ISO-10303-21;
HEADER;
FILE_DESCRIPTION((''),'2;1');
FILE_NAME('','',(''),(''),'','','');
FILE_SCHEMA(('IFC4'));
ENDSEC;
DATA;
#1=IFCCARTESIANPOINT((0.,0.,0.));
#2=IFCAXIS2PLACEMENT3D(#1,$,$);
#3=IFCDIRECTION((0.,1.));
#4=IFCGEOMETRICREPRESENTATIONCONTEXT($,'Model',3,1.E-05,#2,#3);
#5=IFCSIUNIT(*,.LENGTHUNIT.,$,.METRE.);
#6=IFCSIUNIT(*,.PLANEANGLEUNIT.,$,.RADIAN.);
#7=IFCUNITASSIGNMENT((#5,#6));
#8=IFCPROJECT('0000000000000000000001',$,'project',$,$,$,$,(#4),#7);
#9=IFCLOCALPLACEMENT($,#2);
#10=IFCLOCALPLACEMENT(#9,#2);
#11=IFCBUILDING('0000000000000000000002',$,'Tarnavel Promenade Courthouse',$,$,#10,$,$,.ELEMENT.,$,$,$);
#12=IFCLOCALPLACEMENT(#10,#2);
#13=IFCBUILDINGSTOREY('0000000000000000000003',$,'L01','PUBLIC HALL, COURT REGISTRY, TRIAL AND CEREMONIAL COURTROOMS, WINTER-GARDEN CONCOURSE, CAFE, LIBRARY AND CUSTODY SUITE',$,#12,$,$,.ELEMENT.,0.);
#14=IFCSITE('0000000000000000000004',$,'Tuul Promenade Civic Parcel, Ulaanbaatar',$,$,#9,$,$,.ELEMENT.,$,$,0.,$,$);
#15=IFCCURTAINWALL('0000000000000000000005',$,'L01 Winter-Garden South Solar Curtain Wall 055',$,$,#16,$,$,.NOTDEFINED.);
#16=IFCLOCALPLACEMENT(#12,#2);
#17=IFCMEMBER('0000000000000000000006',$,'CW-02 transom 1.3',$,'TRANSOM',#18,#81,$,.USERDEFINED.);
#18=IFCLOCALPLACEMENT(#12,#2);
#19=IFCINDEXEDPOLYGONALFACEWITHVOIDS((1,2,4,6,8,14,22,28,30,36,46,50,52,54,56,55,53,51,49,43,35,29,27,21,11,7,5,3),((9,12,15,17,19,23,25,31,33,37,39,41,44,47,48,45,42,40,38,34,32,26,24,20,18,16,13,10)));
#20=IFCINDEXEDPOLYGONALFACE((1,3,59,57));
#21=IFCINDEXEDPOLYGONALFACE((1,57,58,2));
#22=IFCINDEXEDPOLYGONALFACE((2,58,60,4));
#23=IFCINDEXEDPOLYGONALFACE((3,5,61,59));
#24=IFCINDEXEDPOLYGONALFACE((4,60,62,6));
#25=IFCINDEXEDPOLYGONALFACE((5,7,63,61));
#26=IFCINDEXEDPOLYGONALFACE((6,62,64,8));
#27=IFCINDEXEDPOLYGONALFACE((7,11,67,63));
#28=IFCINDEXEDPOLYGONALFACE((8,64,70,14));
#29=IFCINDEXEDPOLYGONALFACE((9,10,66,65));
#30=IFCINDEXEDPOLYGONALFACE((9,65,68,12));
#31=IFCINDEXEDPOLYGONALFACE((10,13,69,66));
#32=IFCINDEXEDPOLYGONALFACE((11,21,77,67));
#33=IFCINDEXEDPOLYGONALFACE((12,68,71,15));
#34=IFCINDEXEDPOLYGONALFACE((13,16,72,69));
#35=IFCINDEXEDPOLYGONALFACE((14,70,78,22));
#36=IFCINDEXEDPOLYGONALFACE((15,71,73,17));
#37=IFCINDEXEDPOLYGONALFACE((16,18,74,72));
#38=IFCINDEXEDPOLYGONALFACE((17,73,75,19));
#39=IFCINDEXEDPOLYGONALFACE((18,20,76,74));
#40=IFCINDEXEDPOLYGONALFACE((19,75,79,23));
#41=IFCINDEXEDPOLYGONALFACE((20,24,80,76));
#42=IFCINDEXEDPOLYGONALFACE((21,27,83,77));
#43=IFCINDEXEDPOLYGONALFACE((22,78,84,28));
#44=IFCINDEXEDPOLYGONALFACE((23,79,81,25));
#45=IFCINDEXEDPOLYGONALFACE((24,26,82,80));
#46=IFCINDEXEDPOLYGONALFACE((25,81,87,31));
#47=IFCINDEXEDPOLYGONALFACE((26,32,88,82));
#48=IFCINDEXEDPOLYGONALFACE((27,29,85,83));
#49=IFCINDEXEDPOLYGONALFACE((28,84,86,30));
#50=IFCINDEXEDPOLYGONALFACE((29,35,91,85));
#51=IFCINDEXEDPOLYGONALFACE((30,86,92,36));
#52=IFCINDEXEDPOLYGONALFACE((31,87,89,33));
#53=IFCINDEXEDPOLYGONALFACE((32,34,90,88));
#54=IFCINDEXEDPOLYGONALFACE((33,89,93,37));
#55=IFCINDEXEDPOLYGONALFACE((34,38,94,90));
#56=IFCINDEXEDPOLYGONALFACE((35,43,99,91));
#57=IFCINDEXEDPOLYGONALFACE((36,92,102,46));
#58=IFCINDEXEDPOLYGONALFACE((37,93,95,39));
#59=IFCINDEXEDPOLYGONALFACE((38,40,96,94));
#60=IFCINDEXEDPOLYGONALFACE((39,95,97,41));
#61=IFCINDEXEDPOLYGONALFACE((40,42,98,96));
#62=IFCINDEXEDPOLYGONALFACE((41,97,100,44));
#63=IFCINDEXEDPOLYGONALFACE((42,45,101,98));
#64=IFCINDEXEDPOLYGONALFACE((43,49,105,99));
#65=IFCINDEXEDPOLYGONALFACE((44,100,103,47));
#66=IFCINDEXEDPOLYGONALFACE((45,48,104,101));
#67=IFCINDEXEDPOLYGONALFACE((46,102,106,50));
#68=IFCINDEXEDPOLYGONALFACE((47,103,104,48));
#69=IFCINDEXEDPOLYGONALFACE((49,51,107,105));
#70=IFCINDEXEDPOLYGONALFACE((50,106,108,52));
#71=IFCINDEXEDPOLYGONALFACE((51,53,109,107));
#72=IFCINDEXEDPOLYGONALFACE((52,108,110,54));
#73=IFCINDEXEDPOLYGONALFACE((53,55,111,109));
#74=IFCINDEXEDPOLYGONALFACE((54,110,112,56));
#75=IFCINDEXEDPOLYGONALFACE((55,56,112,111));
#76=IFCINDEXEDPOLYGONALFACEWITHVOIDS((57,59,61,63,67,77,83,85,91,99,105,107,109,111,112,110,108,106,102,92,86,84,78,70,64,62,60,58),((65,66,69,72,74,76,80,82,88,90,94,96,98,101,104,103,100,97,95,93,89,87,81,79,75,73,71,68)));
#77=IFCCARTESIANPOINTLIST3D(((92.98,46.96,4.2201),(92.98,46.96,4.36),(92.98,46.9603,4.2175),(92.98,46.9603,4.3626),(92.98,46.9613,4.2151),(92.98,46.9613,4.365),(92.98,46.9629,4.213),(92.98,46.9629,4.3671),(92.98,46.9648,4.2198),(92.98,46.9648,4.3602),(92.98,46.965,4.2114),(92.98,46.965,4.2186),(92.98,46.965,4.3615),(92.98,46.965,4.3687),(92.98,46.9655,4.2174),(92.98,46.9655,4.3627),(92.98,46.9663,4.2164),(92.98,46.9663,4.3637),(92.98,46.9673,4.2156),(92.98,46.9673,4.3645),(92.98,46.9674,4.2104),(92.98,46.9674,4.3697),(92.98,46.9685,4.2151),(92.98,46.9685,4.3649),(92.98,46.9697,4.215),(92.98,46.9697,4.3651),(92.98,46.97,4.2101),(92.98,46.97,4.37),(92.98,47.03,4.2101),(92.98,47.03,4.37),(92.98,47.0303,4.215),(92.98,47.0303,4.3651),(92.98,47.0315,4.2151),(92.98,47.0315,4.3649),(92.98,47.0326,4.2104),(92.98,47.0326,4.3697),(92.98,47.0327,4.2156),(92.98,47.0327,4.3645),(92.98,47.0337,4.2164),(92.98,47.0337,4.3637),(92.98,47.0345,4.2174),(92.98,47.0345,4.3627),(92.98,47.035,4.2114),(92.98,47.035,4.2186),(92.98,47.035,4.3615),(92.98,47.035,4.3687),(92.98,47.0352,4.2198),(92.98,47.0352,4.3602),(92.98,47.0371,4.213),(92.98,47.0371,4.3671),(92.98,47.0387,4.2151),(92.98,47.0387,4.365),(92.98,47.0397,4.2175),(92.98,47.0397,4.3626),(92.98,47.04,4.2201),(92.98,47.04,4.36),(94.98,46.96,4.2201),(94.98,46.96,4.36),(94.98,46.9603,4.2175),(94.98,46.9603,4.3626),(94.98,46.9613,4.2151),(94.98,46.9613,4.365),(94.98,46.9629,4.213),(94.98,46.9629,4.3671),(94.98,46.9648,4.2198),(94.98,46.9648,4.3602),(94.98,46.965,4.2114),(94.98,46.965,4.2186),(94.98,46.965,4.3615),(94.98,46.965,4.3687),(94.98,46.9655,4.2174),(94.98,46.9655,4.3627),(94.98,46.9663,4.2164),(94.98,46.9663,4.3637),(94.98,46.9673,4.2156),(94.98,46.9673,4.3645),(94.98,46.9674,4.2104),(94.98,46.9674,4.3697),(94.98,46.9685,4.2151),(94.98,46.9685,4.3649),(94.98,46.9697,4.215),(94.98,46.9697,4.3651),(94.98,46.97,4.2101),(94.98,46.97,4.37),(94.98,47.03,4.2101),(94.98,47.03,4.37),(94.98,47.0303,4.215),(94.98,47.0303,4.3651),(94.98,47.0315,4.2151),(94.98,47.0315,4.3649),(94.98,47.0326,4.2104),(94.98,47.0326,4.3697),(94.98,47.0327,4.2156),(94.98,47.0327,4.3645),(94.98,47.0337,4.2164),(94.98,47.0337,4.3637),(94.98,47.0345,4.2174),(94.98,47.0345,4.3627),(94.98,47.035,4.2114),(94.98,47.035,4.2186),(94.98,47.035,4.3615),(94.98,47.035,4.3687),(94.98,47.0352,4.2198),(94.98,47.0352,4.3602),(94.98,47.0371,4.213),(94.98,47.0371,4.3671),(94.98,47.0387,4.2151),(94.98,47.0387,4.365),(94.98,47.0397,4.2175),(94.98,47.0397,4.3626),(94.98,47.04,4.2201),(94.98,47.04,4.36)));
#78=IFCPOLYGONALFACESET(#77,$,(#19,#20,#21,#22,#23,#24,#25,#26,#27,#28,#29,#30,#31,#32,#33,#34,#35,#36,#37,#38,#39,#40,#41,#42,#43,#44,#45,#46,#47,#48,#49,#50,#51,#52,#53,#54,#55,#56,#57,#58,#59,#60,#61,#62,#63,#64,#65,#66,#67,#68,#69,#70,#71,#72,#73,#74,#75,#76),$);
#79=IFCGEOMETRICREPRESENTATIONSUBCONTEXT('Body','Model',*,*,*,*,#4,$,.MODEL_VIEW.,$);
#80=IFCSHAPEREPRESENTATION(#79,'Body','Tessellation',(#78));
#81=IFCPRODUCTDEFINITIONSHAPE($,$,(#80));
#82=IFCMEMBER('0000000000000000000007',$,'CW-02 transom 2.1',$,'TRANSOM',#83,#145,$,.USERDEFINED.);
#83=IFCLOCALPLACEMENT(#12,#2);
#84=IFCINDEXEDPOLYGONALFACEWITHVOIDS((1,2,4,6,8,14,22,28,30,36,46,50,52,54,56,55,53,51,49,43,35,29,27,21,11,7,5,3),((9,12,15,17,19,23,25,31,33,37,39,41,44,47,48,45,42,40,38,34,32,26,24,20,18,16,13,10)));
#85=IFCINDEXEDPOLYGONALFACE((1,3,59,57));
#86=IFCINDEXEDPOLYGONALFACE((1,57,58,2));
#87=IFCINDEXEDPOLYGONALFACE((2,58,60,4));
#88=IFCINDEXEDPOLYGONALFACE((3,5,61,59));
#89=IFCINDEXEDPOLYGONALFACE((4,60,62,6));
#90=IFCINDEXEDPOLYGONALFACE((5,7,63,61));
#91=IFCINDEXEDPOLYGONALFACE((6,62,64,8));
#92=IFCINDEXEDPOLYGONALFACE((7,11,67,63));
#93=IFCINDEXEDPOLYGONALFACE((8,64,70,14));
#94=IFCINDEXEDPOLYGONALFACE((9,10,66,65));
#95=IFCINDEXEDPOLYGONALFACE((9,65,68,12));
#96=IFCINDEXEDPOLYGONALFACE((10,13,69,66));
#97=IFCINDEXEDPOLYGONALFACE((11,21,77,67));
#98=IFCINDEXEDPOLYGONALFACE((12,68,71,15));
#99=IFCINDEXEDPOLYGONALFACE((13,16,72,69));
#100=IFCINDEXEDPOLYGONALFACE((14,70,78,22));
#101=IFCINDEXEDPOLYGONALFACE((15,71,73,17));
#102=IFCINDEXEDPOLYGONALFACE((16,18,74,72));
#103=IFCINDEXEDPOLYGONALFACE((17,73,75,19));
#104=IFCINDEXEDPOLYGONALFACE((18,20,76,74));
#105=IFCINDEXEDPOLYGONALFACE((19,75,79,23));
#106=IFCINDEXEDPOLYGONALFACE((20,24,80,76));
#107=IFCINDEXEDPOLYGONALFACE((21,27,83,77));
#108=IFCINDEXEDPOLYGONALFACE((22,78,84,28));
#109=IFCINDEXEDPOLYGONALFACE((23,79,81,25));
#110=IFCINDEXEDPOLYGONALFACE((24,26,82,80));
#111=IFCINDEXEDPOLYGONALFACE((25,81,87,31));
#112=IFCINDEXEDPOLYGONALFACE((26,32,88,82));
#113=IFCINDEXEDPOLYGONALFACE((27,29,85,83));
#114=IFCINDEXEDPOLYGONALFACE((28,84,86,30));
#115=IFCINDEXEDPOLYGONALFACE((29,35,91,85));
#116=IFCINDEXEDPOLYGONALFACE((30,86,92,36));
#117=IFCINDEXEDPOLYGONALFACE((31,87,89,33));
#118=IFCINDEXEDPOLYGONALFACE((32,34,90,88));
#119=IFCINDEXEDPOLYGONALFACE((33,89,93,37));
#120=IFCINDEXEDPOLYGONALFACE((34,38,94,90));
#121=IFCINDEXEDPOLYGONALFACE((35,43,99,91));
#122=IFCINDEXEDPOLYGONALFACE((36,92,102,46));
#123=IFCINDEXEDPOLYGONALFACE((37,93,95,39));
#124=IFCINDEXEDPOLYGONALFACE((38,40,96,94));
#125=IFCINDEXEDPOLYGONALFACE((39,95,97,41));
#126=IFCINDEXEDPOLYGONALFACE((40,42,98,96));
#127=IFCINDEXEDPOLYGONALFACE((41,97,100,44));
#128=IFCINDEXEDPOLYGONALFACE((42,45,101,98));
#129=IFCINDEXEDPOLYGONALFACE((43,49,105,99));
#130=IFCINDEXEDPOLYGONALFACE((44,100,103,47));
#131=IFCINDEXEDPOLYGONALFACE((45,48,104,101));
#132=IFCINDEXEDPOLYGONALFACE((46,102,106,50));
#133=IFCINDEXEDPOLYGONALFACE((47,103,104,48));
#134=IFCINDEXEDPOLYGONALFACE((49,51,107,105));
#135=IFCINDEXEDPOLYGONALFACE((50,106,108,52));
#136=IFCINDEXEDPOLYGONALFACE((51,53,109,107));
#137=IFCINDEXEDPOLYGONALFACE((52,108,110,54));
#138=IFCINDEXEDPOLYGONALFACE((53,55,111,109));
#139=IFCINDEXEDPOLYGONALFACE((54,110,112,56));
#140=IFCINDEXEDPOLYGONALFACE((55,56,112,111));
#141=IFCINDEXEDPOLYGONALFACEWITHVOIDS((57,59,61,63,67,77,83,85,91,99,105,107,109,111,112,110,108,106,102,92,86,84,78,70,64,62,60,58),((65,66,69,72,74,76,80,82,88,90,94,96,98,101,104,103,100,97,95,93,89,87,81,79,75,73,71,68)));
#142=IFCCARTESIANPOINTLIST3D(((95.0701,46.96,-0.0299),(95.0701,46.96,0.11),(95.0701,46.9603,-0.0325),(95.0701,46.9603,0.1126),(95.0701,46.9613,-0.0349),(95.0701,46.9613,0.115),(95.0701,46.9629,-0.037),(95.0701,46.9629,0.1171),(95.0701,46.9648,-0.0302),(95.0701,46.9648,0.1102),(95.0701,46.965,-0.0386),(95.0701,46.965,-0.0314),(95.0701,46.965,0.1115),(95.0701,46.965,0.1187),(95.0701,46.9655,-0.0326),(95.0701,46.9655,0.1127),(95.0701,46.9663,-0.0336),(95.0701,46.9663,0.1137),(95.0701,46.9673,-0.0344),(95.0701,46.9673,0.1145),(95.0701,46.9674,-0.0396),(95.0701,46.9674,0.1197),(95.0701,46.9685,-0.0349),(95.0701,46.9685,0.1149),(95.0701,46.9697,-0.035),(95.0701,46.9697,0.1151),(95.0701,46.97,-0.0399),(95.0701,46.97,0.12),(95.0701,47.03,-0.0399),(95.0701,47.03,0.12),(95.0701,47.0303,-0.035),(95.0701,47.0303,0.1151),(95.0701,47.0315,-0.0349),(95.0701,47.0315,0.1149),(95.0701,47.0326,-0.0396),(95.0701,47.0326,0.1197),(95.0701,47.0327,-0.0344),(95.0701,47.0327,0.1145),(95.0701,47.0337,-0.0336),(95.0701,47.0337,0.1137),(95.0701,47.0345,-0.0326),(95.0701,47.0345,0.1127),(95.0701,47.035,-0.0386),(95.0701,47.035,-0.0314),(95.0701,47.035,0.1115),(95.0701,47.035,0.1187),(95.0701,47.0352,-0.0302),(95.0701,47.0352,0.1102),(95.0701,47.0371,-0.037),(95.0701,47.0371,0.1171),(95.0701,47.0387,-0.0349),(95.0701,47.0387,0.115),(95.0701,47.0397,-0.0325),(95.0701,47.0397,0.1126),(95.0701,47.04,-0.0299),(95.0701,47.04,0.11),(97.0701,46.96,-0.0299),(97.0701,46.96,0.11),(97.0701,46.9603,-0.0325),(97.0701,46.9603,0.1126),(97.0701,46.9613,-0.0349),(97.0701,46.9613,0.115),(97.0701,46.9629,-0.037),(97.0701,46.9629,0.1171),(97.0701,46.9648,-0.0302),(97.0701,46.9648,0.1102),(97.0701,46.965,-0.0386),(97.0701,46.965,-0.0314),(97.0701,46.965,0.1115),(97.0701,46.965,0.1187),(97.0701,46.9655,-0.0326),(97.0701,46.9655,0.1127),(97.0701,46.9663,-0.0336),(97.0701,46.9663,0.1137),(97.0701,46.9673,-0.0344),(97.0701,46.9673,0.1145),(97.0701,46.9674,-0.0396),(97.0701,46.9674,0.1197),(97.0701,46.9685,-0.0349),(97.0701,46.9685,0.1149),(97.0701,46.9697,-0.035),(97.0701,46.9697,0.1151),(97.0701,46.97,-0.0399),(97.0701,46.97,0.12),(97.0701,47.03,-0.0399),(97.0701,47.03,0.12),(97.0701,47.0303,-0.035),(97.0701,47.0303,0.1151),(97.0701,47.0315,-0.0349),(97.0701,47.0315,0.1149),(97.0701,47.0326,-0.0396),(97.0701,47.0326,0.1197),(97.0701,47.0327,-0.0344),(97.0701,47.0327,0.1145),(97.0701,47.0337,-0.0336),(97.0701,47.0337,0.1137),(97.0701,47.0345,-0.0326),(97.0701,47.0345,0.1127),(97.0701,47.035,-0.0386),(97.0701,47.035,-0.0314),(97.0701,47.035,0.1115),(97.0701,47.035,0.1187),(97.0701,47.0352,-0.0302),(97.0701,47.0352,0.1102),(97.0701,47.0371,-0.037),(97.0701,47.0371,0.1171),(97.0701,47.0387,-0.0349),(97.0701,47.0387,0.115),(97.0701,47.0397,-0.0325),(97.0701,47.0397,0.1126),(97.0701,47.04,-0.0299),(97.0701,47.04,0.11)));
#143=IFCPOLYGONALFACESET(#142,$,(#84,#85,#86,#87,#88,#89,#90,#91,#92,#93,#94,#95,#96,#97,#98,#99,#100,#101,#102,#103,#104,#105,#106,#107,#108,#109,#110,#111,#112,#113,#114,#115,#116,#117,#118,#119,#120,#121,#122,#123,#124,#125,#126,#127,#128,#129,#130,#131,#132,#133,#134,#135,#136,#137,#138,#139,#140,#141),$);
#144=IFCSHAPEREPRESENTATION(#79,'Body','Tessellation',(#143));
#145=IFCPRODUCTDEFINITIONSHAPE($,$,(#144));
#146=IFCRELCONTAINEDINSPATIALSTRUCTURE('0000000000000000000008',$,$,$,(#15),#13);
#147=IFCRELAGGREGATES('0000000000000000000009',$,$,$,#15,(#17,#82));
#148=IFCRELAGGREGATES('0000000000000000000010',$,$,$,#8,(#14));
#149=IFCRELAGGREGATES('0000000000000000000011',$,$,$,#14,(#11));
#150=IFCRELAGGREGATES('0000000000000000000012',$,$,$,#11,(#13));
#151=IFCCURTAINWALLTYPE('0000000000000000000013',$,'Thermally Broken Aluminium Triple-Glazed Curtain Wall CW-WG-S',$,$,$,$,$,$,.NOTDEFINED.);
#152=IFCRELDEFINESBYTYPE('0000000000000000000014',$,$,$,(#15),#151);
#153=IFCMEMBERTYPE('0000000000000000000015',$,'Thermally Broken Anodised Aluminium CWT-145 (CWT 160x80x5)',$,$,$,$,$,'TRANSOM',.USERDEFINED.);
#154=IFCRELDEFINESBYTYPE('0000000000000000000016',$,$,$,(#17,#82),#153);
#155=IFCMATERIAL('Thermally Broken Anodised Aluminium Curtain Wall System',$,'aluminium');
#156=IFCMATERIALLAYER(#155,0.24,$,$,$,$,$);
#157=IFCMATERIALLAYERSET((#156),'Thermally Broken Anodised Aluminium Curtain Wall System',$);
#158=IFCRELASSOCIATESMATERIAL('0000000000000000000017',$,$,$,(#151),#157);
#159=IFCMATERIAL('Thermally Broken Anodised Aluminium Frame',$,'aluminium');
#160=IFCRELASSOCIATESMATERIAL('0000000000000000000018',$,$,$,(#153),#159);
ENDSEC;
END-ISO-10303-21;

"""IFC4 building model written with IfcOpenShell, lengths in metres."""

from ifc_helpers import new_model, si_unit, direction, frame, origin, origin_2d, place, context, subcontext, project, spatial, hollow_rectangle, extrude, material, layer, layer_set, material_profile, profile_set, type_object, element, aggregate, save


model = new_model("IFC4")

# Units and contexts
model_context = context("Model", 3, precision=1e-05, world=origin(), true_north=direction((0.0, 1.0)))
body_context = subcontext(model_context, "Body", "Model", "MODEL_VIEW")
ifc_project = project(units=[si_unit("LENGTHUNIT", "METRE"), si_unit("PLANEANGLEUNIT", "RADIAN")], contexts=[model_context])

# Site, building, storey
site_placement = place(None, origin())
site = spatial("IfcSite", under=ifc_project, at=site_placement, Name="Tuul Promenade Civic Parcel, Ulaanbaatar", CompositionType="ELEMENT", RefElevation=0.0)
building_placement = place(site_placement, origin())
building = spatial("IfcBuilding", under=site, at=building_placement, Name="Tarnavel Promenade Courthouse", CompositionType="ELEMENT")
storey_placement = place(building_placement, origin())
storey = spatial("IfcBuildingStorey", under=building, at=storey_placement, Name="L01", Description="PUBLIC HALL, COURT REGISTRY, TRIAL AND CEREMONIAL COURTROOMS, WINTER-GARDEN CONCOURSE, CAFE, LIBRARY AND CUSTODY SUITE", CompositionType="ELEMENT", Elevation=0.0)

# Curtain wall
ifc_material_1 = material(Name="Thermally Broken Anodised Aluminium Curtain Wall System", Category="aluminium")
ifc_layer_1 = layer(ifc_material_1, 0.24)
ifc_layer_set_1 = layer_set([ifc_layer_1], Name="Thermally Broken Anodised Aluminium Curtain Wall System")
curtain_wall_type = type_object("IfcCurtainWallType", Name="Thermally Broken Aluminium Triple-Glazed Curtain Wall CW-WG-S", PredefinedType="NOTDEFINED", material=ifc_layer_set_1)
ifc_material_2 = material(Name="Thermally Broken Anodised Aluminium Frame", Category="aluminium")
curtain_wall_1_placement = place(storey_placement, origin())
curtain_wall_1 = element("IfcCurtainWall", 1, at=curtain_wall_1_placement, inside=storey, type_object=curtain_wall_type, Name="L01 Winter-Garden South Solar Curtain Wall 055", PredefinedType="NOTDEFINED")

# Members
ifc_material_profile_1 = material_profile(ifc_material_2, hollow_rectangle(XDim=0.0801, YDim=0.1599, WallThickness=0.0049, InnerFilletRadius=0.0049, OuterFilletRadius=0.01, at=origin_2d()), Name="CWT 160x80x5")
ifc_profile_set_1 = profile_set([ifc_material_profile_1], Name="Thermally Broken Anodised Aluminium Frame")
member_type_1 = type_object("IfcMemberType", Name="Thermally Broken Anodised Aluminium CWT-145 (CWT 160x80x5)", ElementType="TRANSOM", PredefinedType="USERDEFINED", material=ifc_profile_set_1)
member_1_placement = place(storey_placement, frame((92.98, 47.0, 4.29), z_axis=(1.0, 0.0, 0.0), x_axis=(0.0, 1.0, 0.0)))
member_1 = element("IfcMember", 2, at=member_1_placement, type_object=member_type_1, Name="CW-02 transom 1.3", ObjectType="TRANSOM", PredefinedType="USERDEFINED", context=body_context, shape_type="SweptSolid", body=[
    extrude(hollow_rectangle(XDim=0.0801, YDim=0.1599, WallThickness=0.0049, InnerFilletRadius=0.0049, OuterFilletRadius=0.01, at=origin_2d()), origin(), (0.0, 0.0, 1.0), 2.0),
])
member_2_placement = place(storey_placement, frame((95.0701, 47.0, 0.04), z_axis=(1.0, 0.0, 0.0), x_axis=(0.0, 1.0, 0.0)))
member_2 = element("IfcMember", 3, at=member_2_placement, type_object=member_type_1, Name="CW-02 transom 2.1", ObjectType="TRANSOM", PredefinedType="USERDEFINED", context=body_context, shape_type="SweptSolid", body=[
    extrude(hollow_rectangle(XDim=0.0801, YDim=0.1599, WallThickness=0.0049, InnerFilletRadius=0.0049, OuterFilletRadius=0.01, at=origin_2d()), origin(), (0.0, 0.0, 1.0), 2.0),
])

aggregate(curtain_wall_1, [member_1, member_2])

save(model, "model.ifc")
